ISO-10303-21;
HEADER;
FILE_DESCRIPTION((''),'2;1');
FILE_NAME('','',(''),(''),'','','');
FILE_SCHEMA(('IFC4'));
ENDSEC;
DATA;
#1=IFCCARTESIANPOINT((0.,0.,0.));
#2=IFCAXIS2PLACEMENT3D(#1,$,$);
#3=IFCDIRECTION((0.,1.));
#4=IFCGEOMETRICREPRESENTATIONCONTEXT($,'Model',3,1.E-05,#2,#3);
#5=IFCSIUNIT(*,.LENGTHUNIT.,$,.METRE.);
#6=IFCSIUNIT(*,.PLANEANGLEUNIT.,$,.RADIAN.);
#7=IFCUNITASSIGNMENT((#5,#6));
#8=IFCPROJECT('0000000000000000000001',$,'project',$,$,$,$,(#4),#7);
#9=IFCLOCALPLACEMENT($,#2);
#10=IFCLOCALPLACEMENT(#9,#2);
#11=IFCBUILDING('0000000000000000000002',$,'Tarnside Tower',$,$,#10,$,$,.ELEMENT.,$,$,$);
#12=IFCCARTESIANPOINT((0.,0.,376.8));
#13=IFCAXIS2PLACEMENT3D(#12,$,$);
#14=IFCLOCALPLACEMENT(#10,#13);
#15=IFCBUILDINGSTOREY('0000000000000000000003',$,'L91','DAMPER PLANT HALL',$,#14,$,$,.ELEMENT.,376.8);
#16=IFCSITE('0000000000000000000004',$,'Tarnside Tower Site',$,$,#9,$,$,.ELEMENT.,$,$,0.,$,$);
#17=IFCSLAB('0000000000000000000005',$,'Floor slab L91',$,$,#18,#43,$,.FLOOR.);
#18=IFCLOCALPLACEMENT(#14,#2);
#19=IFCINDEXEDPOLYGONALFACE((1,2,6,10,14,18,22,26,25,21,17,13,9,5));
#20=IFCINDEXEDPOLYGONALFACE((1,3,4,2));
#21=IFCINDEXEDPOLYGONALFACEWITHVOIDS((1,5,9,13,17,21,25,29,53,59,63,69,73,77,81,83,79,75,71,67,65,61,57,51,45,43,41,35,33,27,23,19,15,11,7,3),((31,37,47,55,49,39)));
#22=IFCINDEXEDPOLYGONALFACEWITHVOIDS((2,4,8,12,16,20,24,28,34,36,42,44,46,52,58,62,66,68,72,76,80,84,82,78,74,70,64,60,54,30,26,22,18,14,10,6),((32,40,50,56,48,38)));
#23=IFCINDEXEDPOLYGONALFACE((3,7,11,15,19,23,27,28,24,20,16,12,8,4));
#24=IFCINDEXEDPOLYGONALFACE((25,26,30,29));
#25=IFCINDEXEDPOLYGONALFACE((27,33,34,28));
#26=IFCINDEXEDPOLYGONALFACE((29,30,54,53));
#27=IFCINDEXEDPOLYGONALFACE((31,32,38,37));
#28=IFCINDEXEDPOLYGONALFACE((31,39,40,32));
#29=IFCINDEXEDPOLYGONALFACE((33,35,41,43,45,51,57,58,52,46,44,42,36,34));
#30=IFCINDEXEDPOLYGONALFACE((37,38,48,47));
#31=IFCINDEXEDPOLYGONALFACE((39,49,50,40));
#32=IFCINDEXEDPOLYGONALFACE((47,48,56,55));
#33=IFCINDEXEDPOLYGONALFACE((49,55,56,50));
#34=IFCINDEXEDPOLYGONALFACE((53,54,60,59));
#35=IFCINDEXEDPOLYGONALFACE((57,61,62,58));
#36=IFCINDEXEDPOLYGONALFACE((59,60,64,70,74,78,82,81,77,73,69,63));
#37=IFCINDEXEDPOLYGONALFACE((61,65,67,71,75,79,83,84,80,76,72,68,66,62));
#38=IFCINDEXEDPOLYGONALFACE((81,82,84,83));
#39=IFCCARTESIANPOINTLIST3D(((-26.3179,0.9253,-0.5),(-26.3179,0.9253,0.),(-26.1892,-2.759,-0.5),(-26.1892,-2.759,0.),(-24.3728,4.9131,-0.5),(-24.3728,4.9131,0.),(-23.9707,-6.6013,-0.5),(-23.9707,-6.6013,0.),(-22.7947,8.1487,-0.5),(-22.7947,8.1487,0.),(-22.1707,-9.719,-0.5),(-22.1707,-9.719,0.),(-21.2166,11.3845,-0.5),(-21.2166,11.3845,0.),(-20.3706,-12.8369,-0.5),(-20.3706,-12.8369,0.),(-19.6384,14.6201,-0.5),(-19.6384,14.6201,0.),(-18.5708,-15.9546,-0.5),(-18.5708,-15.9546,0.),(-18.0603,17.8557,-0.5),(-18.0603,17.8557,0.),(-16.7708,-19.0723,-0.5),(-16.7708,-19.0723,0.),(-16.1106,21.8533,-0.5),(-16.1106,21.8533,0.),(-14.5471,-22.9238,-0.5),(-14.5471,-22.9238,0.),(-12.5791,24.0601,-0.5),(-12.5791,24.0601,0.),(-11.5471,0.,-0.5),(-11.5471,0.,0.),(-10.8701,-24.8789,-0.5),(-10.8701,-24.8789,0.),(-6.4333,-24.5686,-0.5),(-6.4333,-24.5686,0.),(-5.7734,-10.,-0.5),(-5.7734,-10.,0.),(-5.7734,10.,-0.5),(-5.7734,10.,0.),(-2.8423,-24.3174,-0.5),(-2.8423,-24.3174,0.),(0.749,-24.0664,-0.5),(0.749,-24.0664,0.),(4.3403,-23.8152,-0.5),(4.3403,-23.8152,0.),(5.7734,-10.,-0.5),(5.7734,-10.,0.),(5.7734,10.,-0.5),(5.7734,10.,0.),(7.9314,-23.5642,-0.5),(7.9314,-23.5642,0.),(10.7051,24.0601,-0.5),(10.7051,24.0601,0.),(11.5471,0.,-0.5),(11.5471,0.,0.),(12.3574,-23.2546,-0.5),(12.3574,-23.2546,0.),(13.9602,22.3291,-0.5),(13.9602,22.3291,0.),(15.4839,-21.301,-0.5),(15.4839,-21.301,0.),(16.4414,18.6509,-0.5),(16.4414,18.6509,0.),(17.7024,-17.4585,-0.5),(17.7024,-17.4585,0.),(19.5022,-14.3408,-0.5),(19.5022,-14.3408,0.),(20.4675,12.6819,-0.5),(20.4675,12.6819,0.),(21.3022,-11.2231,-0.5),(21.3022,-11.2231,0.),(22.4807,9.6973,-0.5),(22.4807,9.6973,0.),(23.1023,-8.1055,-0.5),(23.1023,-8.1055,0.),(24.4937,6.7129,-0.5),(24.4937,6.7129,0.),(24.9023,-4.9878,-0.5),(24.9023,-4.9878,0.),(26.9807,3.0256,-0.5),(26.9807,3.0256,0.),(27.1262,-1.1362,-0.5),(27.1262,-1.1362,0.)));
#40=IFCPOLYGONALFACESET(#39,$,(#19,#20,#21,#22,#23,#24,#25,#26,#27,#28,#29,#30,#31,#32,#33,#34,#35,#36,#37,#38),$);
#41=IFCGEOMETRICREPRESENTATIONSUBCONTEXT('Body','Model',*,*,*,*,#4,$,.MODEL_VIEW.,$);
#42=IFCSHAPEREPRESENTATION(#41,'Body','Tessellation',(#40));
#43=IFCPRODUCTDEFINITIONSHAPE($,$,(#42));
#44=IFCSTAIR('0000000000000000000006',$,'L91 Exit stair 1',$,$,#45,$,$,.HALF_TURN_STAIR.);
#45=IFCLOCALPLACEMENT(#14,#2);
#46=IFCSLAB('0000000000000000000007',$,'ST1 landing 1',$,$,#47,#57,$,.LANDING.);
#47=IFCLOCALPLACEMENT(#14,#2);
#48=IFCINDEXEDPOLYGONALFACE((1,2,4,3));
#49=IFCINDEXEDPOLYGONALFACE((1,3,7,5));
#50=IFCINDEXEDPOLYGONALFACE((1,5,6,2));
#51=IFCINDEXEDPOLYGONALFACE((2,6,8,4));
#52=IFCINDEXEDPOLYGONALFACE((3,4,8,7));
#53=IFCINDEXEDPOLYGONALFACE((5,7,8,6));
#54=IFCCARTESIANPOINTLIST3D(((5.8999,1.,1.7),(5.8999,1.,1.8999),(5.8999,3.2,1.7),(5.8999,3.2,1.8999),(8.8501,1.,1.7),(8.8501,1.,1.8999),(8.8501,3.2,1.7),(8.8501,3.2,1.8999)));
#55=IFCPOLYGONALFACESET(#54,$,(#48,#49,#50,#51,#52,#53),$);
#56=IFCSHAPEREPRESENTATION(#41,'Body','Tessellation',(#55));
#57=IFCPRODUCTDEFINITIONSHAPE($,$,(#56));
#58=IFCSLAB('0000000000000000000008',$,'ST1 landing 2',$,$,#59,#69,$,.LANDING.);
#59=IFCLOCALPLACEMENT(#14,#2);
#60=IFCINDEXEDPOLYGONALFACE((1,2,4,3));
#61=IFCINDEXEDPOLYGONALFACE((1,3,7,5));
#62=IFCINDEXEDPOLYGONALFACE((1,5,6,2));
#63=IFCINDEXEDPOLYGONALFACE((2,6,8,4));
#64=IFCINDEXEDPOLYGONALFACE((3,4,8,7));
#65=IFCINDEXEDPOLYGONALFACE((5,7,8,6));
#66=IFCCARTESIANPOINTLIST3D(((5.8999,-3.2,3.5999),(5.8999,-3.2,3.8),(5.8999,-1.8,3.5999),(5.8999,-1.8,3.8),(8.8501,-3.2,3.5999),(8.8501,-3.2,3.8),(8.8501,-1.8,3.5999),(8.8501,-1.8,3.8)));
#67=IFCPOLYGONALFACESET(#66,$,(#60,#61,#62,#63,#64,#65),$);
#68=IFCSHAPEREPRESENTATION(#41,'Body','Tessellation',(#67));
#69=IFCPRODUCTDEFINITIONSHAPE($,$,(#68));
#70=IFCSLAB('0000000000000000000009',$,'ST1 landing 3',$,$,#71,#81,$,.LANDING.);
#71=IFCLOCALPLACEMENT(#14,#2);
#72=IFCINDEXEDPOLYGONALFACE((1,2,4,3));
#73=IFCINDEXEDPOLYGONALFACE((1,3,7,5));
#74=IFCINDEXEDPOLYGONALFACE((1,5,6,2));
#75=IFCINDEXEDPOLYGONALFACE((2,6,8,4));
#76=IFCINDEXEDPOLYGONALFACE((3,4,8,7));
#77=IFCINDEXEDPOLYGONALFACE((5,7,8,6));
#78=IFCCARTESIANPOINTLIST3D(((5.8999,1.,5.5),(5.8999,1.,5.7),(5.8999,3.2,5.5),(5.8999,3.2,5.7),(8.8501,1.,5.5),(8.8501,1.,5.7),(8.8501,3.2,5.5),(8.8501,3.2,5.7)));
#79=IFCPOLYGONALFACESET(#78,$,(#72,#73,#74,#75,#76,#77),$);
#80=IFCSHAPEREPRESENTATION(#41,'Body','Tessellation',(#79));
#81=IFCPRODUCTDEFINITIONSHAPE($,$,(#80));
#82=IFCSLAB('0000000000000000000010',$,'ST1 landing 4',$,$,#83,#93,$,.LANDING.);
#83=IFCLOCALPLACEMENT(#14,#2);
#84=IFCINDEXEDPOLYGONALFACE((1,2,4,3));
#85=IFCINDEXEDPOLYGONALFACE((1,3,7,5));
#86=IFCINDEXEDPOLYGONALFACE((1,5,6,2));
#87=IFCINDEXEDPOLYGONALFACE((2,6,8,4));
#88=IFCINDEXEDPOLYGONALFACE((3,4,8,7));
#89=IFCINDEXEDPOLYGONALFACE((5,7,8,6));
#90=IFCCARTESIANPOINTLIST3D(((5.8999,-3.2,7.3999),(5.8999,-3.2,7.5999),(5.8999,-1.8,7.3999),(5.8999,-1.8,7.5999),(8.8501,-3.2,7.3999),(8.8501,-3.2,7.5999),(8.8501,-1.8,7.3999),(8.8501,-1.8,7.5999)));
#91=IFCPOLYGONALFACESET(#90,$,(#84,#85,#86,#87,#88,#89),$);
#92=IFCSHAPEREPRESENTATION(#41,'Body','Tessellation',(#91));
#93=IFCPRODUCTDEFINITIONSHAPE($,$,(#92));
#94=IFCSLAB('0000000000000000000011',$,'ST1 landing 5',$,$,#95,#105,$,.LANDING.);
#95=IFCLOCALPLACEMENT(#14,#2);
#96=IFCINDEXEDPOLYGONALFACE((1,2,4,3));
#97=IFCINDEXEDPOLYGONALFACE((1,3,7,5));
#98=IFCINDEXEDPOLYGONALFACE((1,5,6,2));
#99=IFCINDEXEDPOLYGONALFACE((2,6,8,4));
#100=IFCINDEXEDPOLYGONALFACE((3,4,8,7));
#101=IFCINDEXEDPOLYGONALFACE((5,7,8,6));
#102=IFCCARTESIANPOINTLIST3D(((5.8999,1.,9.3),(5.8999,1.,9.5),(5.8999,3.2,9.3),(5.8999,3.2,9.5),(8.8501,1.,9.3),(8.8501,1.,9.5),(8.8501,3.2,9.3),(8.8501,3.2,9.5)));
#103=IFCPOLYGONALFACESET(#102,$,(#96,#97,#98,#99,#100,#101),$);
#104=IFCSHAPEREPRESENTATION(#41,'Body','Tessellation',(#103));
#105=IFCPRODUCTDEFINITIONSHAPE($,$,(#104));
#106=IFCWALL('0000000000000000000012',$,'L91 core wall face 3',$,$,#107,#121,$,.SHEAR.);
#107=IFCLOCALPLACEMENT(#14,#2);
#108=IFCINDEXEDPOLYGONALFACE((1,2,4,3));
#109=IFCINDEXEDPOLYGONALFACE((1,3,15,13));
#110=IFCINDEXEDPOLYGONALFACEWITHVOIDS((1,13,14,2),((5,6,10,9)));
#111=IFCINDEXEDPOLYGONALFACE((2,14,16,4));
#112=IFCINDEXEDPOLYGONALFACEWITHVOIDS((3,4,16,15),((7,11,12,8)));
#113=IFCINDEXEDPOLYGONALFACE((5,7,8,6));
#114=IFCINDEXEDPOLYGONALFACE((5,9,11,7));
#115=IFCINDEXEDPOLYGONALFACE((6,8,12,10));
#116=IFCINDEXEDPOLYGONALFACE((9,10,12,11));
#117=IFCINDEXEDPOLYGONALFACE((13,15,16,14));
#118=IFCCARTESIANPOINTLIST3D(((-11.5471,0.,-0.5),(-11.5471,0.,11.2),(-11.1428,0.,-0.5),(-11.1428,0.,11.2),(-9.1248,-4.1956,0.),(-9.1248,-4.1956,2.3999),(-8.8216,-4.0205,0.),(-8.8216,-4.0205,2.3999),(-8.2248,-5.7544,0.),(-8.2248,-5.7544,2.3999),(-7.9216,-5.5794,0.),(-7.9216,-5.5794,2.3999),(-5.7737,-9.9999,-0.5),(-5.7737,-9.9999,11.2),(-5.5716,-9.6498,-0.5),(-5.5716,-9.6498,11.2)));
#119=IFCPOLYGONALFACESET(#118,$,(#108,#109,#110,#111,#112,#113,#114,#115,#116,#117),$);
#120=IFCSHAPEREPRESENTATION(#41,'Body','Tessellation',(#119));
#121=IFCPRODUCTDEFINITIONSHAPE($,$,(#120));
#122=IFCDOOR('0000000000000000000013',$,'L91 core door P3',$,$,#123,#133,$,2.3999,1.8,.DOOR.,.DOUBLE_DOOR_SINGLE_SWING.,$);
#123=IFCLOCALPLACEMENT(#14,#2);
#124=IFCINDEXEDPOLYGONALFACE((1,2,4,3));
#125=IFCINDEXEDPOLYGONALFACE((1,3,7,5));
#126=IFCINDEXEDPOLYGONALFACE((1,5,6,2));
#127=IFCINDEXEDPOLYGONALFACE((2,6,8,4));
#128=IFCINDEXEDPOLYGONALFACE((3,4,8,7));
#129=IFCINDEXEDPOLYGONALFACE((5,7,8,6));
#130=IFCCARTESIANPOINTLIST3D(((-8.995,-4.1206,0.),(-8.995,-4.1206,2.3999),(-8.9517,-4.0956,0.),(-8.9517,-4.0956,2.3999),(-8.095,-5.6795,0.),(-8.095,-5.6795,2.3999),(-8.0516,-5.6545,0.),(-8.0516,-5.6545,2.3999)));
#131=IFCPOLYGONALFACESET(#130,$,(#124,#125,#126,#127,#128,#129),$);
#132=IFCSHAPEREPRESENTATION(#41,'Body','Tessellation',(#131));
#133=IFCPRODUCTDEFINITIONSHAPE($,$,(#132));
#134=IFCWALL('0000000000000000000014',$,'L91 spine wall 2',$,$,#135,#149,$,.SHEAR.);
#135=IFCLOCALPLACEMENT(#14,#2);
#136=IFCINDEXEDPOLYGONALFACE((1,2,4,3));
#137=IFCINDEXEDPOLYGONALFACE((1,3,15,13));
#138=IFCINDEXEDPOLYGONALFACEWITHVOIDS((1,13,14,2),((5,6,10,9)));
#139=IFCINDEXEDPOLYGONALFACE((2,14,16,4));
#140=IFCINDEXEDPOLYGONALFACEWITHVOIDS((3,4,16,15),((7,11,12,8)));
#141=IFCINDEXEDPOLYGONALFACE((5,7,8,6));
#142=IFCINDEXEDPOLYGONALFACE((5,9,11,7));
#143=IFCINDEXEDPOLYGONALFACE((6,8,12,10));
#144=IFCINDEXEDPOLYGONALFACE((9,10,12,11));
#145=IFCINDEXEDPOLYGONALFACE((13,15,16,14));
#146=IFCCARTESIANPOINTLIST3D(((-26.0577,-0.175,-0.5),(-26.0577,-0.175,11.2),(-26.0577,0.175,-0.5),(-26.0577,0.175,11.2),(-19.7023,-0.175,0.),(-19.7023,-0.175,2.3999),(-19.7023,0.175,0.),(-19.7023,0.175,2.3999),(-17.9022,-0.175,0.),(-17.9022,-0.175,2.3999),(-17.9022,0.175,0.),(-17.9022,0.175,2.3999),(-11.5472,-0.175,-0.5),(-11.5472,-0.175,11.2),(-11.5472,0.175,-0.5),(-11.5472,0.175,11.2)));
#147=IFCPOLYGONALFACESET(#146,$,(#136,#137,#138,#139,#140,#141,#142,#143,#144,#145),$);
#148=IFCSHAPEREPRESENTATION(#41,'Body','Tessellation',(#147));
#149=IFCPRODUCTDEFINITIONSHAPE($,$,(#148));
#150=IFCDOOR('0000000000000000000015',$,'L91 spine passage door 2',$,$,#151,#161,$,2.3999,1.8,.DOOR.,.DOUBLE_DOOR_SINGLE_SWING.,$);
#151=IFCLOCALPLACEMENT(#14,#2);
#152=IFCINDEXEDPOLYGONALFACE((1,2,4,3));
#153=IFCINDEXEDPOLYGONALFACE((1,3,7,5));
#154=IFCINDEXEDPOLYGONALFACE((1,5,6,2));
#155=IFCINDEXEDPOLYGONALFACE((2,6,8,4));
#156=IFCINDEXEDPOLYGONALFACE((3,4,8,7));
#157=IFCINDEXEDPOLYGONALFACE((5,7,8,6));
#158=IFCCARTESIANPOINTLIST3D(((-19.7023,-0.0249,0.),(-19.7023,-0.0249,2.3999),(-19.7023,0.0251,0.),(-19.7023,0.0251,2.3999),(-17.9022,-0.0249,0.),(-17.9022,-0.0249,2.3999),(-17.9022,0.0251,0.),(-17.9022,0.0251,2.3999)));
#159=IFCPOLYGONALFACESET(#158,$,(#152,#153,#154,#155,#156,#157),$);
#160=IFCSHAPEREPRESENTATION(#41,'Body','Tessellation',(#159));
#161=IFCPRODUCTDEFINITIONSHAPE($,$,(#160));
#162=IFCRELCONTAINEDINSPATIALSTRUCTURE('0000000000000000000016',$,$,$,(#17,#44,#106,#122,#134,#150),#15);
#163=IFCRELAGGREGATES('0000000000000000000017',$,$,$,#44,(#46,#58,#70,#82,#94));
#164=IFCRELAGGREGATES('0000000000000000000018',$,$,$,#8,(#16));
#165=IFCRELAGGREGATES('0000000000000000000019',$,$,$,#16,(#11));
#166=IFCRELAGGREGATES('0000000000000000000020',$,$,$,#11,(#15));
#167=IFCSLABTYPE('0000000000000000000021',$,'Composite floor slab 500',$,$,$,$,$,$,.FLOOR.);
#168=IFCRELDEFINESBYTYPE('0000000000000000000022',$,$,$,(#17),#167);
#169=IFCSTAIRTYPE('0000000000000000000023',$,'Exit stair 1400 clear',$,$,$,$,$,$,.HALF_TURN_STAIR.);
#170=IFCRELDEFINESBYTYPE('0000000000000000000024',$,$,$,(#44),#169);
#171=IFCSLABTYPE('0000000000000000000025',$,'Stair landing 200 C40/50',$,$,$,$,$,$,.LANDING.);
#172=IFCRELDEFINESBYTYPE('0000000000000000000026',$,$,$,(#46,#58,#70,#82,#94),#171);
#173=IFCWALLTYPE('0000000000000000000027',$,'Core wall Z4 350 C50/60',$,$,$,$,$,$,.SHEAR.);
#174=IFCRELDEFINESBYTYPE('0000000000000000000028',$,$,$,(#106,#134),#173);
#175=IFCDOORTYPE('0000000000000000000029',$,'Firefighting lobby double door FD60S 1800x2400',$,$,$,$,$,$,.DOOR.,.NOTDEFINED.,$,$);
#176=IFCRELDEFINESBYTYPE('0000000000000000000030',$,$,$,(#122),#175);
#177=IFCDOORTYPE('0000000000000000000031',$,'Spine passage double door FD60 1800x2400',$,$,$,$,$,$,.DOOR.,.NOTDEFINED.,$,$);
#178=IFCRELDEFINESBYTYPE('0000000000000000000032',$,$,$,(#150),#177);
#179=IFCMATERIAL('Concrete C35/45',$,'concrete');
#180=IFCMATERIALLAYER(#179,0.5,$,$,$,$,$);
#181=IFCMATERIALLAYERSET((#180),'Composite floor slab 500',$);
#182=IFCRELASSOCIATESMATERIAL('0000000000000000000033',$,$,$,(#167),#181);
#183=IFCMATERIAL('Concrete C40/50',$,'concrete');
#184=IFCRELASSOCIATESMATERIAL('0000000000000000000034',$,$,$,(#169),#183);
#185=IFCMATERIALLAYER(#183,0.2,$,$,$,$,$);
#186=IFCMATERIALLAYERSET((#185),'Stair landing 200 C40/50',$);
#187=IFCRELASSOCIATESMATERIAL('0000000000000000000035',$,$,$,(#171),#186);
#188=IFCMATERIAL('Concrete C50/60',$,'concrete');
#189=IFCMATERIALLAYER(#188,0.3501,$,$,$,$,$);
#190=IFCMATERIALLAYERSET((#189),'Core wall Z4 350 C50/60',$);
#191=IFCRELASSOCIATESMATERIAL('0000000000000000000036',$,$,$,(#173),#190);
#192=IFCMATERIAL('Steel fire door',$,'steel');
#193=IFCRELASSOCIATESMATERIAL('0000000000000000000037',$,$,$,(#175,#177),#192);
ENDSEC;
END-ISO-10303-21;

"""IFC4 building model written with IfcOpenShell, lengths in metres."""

from ifc_helpers import new_model, si_unit, direction, frame, frame_2d, origin, place, context, subcontext, project, spatial, polyline, rectangle, outline, extrude, material, layer, layer_set, type_object, element, fill, aggregate, save


model = new_model("IFC4")

# Units and contexts
model_context = context("Model", 3, precision=1e-05, world=origin(), true_north=direction((0.0, 1.0)))
body_context = subcontext(model_context, "Body", "Model", "MODEL_VIEW")
ifc_project = project(units=[si_unit("LENGTHUNIT", "METRE"), si_unit("PLANEANGLEUNIT", "RADIAN")], contexts=[model_context])

# Site, building, storey
site_placement = place(None, origin())
site = spatial("IfcSite", under=ifc_project, at=site_placement, Name="Tarnside Tower Site", CompositionType="ELEMENT", RefElevation=0.0)
building_placement = place(site_placement, origin())
building = spatial("IfcBuilding", under=site, at=building_placement, Name="Tarnside Tower", CompositionType="ELEMENT")
storey_placement = place(building_placement, frame((0.0, 0.0, 376.8)))
storey = spatial("IfcBuildingStorey", under=building, at=storey_placement, Name="L91", Description="DAMPER PLANT HALL", CompositionType="ELEMENT", Elevation=376.8)

# Slab
ifc_material_1 = material(Name="Concrete C35/45", Category="concrete")
ifc_layer_1 = layer(ifc_material_1, 0.5)
ifc_layer_set_1 = layer_set([ifc_layer_1], Name="Composite floor slab 500")
slab_type_1 = type_object("IfcSlabType", Name="Composite floor slab 500", PredefinedType="FLOOR", material=ifc_layer_set_1)
slab_1_placement = place(storey_placement, frame((0.0, 0.0, -0.5)))
element("IfcSlab", 1, at=slab_1_placement, inside=storey, type_object=slab_type_1, Name="Floor slab L91", PredefinedType="FLOOR", context=body_context, shape_type="SweptSolid", body=[
    extrude(outline(polyline([(13.9602, 22.3291), (16.4414, 18.6509), (20.4675, 12.6819), (22.4807, 9.6973), (24.4937, 6.7129), (26.9807, 3.0256), (27.1262, -1.1362), (24.9023, -4.9878), (23.1023, -8.1055), (21.3022, -11.2231), (19.5022, -14.3408), (17.7024, -17.4585), (15.4839, -21.301), (12.3574, -23.2546), (7.9314, -23.5642), (4.3403, -23.8152), (0.749, -24.0664), (-2.8423, -24.3174), (-6.4333, -24.5686), (-10.8701, -24.8789), (-14.5471, -22.9238), (-16.7708, -19.0723), (-18.5708, -15.9546), (-20.3706, -12.8369), (-22.1707, -9.719), (-23.9707, -6.6013), (-26.1892, -2.759), (-26.3179, 0.9253), (-24.3728, 4.9131), (-22.7947, 8.1487), (-21.2166, 11.3845), (-19.6384, 14.6201), (-18.0603, 17.8557), (-16.1106, 21.8533), (-12.5791, 24.0601), (10.7051, 24.0601), (13.9602, 22.3291)]), holes=[polyline([(-11.5471, 0.0), (-5.7734, -10.0), (5.7734, -10.0), (11.5471, 0.0), (5.7734, 10.0), (-5.7734, 10.0), (-11.5471, 0.0)])]), origin(), (0.0, 0.0, 1.0), 0.5),
])

# Stair, slabs
ifc_material_2 = material(Name="Concrete C40/50", Category="concrete")
stair_type = type_object("IfcStairType", Name="Exit stair 1400 clear", PredefinedType="HALF_TURN_STAIR", material=ifc_material_2)
stair_1_placement = place(storey_placement, origin())
stair_1 = element("IfcStair", 2, at=stair_1_placement, inside=storey, type_object=stair_type, Name="L91 Exit stair 1", PredefinedType="HALF_TURN_STAIR")
ifc_layer_2 = layer(ifc_material_2, 0.2)
ifc_layer_set_2 = layer_set([ifc_layer_2], Name="Stair landing 200 C40/50")
slab_type_2 = type_object("IfcSlabType", Name="Stair landing 200 C40/50", PredefinedType="LANDING", material=ifc_layer_set_2)
slab_2_placement = place(storey_placement, frame((0.0, 0.0, 1.7)))
slab_2 = element("IfcSlab", 3, at=slab_2_placement, type_object=slab_type_2, Name="ST1 landing 1", PredefinedType="LANDING", context=body_context, shape_type="SweptSolid", body=[
    extrude(outline(polyline([(8.8501, 1.0), (8.8501, 3.2), (5.8999, 3.2), (5.8999, 1.0), (8.8501, 1.0)])), origin(), (0.0, 0.0, 1.0), 0.2),
])
slab_3_placement = place(storey_placement, frame((0.0, 0.0, 3.5999)))
slab_3 = element("IfcSlab", 4, at=slab_3_placement, type_object=slab_type_2, Name="ST1 landing 2", PredefinedType="LANDING", context=body_context, shape_type="SweptSolid", body=[
    extrude(outline(polyline([(8.8501, -3.2), (8.8501, -1.8), (5.8999, -1.8), (5.8999, -3.2), (8.8501, -3.2)])), origin(), (0.0, 0.0, 1.0), 0.2002),
])
slab_4_placement = place(storey_placement, frame((0.0, 0.0, 5.5)))
slab_4 = element("IfcSlab", 5, at=slab_4_placement, type_object=slab_type_2, Name="ST1 landing 3", PredefinedType="LANDING", context=body_context, shape_type="SweptSolid", body=[
    extrude(outline(polyline([(8.8501, 1.0), (8.8501, 3.2), (5.8999, 3.2), (5.8999, 1.0), (8.8501, 1.0)])), origin(), (0.0, 0.0, 1.0), 0.2),
])
slab_5_placement = place(storey_placement, frame((0.0, 0.0, 7.3999)))
slab_5 = element("IfcSlab", 6, at=slab_5_placement, type_object=slab_type_2, Name="ST1 landing 4", PredefinedType="LANDING", context=body_context, shape_type="SweptSolid", body=[
    extrude(outline(polyline([(8.8501, -3.2), (8.8501, -1.8), (5.8999, -1.8), (5.8999, -3.2), (8.8501, -3.2)])), origin(), (0.0, 0.0, 1.0), 0.2),
])
slab_6_placement = place(storey_placement, frame((0.0, 0.0, 9.3)))
slab_6 = element("IfcSlab", 7, at=slab_6_placement, type_object=slab_type_2, Name="ST1 landing 5", PredefinedType="LANDING", context=body_context, shape_type="SweptSolid", body=[
    extrude(outline(polyline([(8.8501, 1.0), (8.8501, 3.2), (5.8999, 3.2), (5.8999, 1.0), (8.8501, 1.0)])), origin(), (0.0, 0.0, 1.0), 0.2),
])
aggregate(stair_1, [slab_2, slab_3, slab_4, slab_5, slab_6])

# Walls, openings, doors
ifc_material_3 = material(Name="Concrete C50/60", Category="concrete")
ifc_layer_3 = layer(ifc_material_3, 0.3501)
ifc_layer_set_3 = layer_set([ifc_layer_3], Name="Core wall Z4 350 C50/60")
wall_type_1 = type_object("IfcWallType", Name="Core wall Z4 350 C50/60", PredefinedType="SHEAR", material=ifc_layer_set_3)
wall_1_placement = place(storey_placement, frame((-11.345, 0.0, -0.5), z_axis=(0.0, 0.0, 1.0), x_axis=(0.499995, -0.866028, 0.0)))
wall_1 = element("IfcWall", 8, at=wall_1_placement, inside=storey, type_object=wall_type_1, Name="L91 core wall face 3", PredefinedType="SHEAR", context=body_context, shape_type="SweptSolid", body=[
    extrude(outline(polyline([(-0.1011, -0.175), (11.4458, -0.175), (11.2437, 0.175), (0.1011, 0.175), (-0.1011, -0.175)])), origin(), (0.0, 0.0, 1.0), 11.7),
])
opening_1_placement = place(wall_1_placement, frame((4.7437, 0.0, 0.5)))
opening_1 = element("IfcOpeningElement", 9, at=opening_1_placement, cuts=wall_1, PredefinedType="OPENING", context=body_context, shape_type="SweptSolid", body=[
    extrude(rectangle(XDim=1.8, YDim=2.3999, at=frame_2d((0.8999, 1.2))), frame((0.0, 0.1851, 0.0), z_axis=(0.0, -1.0, 0.0), x_axis=(1.0, 0.0, 0.0)), (0.0, 0.0, 1.0), 0.3701),
])
ifc_material_4 = material(Name="Steel fire door", Category="steel")
door_type_1 = type_object("IfcDoorType", Name="Firefighting lobby double door FD60S 1800x2400", OperationType="NOTDEFINED", PredefinedType="DOOR", material=ifc_material_4)
door_1_placement = place(opening_1_placement, origin())
door_1 = element("IfcDoor", 10, at=door_1_placement, inside=storey, type_object=door_type_1, Name="L91 core door P3", OperationType="DOUBLE_DOOR_SINGLE_SWING", OverallHeight=2.3999, OverallWidth=1.8, PredefinedType="DOOR", context=body_context, shape_type="SweptSolid", body=[
    extrude(rectangle(XDim=1.8, YDim=2.3999, at=frame_2d((0.8999, 1.2))), frame((0.0, 0.0249, 0.0), z_axis=(0.0, -1.0, 0.0), x_axis=(1.0, 0.0, 0.0)), (0.0, 0.0, 1.0), 0.05),
])
fill(opening_1, door_1)
wall_2_placement = place(storey_placement, frame((-11.5471, 0.0, -0.5), z_axis=(0.0, 0.0, 1.0), x_axis=(-1.0, 0.0, 0.0)))
wall_2 = element("IfcWall", 11, at=wall_2_placement, inside=storey, type_object=wall_type_1, Name="L91 spine wall 2", PredefinedType="SHEAR", context=body_context, shape_type="SweptSolid", body=[
    extrude(rectangle(XDim=14.5105, YDim=0.3501, at=frame_2d((7.2554, 0.0))), origin(), (0.0, 0.0, 1.0), 11.7),
])
opening_2_placement = place(wall_2_placement, frame((6.3552, 0.0, 0.5)))
opening_2 = element("IfcOpeningElement", 12, at=opening_2_placement, cuts=wall_2, PredefinedType="OPENING", context=body_context, shape_type="SweptSolid", body=[
    extrude(rectangle(XDim=1.8, YDim=2.3999, at=frame_2d((0.8999, 1.2))), frame((0.0, 0.1851, 0.0), z_axis=(0.0, -1.0, 0.0), x_axis=(1.0, 0.0, 0.0)), (0.0, 0.0, 1.0), 0.3701),
])
door_type_2 = type_object("IfcDoorType", Name="Spine passage double door FD60 1800x2400", OperationType="NOTDEFINED", PredefinedType="DOOR", material=ifc_material_4)
door_2_placement = place(opening_2_placement, origin())
door_2 = element("IfcDoor", 13, at=door_2_placement, inside=storey, type_object=door_type_2, Name="L91 spine passage door 2", OperationType="DOUBLE_DOOR_SINGLE_SWING", OverallHeight=2.3999, OverallWidth=1.8, PredefinedType="DOOR", context=body_context, shape_type="SweptSolid", body=[
    extrude(rectangle(XDim=1.8, YDim=2.3999, at=frame_2d((0.8999, 1.2))), frame((0.0, 0.0249, 0.0), z_axis=(0.0, -1.0, 0.0), x_axis=(1.0, 0.0, 0.0)), (0.0, 0.0, 1.0), 0.05),
])
fill(opening_2, door_2)

save(model, "model.ifc")
